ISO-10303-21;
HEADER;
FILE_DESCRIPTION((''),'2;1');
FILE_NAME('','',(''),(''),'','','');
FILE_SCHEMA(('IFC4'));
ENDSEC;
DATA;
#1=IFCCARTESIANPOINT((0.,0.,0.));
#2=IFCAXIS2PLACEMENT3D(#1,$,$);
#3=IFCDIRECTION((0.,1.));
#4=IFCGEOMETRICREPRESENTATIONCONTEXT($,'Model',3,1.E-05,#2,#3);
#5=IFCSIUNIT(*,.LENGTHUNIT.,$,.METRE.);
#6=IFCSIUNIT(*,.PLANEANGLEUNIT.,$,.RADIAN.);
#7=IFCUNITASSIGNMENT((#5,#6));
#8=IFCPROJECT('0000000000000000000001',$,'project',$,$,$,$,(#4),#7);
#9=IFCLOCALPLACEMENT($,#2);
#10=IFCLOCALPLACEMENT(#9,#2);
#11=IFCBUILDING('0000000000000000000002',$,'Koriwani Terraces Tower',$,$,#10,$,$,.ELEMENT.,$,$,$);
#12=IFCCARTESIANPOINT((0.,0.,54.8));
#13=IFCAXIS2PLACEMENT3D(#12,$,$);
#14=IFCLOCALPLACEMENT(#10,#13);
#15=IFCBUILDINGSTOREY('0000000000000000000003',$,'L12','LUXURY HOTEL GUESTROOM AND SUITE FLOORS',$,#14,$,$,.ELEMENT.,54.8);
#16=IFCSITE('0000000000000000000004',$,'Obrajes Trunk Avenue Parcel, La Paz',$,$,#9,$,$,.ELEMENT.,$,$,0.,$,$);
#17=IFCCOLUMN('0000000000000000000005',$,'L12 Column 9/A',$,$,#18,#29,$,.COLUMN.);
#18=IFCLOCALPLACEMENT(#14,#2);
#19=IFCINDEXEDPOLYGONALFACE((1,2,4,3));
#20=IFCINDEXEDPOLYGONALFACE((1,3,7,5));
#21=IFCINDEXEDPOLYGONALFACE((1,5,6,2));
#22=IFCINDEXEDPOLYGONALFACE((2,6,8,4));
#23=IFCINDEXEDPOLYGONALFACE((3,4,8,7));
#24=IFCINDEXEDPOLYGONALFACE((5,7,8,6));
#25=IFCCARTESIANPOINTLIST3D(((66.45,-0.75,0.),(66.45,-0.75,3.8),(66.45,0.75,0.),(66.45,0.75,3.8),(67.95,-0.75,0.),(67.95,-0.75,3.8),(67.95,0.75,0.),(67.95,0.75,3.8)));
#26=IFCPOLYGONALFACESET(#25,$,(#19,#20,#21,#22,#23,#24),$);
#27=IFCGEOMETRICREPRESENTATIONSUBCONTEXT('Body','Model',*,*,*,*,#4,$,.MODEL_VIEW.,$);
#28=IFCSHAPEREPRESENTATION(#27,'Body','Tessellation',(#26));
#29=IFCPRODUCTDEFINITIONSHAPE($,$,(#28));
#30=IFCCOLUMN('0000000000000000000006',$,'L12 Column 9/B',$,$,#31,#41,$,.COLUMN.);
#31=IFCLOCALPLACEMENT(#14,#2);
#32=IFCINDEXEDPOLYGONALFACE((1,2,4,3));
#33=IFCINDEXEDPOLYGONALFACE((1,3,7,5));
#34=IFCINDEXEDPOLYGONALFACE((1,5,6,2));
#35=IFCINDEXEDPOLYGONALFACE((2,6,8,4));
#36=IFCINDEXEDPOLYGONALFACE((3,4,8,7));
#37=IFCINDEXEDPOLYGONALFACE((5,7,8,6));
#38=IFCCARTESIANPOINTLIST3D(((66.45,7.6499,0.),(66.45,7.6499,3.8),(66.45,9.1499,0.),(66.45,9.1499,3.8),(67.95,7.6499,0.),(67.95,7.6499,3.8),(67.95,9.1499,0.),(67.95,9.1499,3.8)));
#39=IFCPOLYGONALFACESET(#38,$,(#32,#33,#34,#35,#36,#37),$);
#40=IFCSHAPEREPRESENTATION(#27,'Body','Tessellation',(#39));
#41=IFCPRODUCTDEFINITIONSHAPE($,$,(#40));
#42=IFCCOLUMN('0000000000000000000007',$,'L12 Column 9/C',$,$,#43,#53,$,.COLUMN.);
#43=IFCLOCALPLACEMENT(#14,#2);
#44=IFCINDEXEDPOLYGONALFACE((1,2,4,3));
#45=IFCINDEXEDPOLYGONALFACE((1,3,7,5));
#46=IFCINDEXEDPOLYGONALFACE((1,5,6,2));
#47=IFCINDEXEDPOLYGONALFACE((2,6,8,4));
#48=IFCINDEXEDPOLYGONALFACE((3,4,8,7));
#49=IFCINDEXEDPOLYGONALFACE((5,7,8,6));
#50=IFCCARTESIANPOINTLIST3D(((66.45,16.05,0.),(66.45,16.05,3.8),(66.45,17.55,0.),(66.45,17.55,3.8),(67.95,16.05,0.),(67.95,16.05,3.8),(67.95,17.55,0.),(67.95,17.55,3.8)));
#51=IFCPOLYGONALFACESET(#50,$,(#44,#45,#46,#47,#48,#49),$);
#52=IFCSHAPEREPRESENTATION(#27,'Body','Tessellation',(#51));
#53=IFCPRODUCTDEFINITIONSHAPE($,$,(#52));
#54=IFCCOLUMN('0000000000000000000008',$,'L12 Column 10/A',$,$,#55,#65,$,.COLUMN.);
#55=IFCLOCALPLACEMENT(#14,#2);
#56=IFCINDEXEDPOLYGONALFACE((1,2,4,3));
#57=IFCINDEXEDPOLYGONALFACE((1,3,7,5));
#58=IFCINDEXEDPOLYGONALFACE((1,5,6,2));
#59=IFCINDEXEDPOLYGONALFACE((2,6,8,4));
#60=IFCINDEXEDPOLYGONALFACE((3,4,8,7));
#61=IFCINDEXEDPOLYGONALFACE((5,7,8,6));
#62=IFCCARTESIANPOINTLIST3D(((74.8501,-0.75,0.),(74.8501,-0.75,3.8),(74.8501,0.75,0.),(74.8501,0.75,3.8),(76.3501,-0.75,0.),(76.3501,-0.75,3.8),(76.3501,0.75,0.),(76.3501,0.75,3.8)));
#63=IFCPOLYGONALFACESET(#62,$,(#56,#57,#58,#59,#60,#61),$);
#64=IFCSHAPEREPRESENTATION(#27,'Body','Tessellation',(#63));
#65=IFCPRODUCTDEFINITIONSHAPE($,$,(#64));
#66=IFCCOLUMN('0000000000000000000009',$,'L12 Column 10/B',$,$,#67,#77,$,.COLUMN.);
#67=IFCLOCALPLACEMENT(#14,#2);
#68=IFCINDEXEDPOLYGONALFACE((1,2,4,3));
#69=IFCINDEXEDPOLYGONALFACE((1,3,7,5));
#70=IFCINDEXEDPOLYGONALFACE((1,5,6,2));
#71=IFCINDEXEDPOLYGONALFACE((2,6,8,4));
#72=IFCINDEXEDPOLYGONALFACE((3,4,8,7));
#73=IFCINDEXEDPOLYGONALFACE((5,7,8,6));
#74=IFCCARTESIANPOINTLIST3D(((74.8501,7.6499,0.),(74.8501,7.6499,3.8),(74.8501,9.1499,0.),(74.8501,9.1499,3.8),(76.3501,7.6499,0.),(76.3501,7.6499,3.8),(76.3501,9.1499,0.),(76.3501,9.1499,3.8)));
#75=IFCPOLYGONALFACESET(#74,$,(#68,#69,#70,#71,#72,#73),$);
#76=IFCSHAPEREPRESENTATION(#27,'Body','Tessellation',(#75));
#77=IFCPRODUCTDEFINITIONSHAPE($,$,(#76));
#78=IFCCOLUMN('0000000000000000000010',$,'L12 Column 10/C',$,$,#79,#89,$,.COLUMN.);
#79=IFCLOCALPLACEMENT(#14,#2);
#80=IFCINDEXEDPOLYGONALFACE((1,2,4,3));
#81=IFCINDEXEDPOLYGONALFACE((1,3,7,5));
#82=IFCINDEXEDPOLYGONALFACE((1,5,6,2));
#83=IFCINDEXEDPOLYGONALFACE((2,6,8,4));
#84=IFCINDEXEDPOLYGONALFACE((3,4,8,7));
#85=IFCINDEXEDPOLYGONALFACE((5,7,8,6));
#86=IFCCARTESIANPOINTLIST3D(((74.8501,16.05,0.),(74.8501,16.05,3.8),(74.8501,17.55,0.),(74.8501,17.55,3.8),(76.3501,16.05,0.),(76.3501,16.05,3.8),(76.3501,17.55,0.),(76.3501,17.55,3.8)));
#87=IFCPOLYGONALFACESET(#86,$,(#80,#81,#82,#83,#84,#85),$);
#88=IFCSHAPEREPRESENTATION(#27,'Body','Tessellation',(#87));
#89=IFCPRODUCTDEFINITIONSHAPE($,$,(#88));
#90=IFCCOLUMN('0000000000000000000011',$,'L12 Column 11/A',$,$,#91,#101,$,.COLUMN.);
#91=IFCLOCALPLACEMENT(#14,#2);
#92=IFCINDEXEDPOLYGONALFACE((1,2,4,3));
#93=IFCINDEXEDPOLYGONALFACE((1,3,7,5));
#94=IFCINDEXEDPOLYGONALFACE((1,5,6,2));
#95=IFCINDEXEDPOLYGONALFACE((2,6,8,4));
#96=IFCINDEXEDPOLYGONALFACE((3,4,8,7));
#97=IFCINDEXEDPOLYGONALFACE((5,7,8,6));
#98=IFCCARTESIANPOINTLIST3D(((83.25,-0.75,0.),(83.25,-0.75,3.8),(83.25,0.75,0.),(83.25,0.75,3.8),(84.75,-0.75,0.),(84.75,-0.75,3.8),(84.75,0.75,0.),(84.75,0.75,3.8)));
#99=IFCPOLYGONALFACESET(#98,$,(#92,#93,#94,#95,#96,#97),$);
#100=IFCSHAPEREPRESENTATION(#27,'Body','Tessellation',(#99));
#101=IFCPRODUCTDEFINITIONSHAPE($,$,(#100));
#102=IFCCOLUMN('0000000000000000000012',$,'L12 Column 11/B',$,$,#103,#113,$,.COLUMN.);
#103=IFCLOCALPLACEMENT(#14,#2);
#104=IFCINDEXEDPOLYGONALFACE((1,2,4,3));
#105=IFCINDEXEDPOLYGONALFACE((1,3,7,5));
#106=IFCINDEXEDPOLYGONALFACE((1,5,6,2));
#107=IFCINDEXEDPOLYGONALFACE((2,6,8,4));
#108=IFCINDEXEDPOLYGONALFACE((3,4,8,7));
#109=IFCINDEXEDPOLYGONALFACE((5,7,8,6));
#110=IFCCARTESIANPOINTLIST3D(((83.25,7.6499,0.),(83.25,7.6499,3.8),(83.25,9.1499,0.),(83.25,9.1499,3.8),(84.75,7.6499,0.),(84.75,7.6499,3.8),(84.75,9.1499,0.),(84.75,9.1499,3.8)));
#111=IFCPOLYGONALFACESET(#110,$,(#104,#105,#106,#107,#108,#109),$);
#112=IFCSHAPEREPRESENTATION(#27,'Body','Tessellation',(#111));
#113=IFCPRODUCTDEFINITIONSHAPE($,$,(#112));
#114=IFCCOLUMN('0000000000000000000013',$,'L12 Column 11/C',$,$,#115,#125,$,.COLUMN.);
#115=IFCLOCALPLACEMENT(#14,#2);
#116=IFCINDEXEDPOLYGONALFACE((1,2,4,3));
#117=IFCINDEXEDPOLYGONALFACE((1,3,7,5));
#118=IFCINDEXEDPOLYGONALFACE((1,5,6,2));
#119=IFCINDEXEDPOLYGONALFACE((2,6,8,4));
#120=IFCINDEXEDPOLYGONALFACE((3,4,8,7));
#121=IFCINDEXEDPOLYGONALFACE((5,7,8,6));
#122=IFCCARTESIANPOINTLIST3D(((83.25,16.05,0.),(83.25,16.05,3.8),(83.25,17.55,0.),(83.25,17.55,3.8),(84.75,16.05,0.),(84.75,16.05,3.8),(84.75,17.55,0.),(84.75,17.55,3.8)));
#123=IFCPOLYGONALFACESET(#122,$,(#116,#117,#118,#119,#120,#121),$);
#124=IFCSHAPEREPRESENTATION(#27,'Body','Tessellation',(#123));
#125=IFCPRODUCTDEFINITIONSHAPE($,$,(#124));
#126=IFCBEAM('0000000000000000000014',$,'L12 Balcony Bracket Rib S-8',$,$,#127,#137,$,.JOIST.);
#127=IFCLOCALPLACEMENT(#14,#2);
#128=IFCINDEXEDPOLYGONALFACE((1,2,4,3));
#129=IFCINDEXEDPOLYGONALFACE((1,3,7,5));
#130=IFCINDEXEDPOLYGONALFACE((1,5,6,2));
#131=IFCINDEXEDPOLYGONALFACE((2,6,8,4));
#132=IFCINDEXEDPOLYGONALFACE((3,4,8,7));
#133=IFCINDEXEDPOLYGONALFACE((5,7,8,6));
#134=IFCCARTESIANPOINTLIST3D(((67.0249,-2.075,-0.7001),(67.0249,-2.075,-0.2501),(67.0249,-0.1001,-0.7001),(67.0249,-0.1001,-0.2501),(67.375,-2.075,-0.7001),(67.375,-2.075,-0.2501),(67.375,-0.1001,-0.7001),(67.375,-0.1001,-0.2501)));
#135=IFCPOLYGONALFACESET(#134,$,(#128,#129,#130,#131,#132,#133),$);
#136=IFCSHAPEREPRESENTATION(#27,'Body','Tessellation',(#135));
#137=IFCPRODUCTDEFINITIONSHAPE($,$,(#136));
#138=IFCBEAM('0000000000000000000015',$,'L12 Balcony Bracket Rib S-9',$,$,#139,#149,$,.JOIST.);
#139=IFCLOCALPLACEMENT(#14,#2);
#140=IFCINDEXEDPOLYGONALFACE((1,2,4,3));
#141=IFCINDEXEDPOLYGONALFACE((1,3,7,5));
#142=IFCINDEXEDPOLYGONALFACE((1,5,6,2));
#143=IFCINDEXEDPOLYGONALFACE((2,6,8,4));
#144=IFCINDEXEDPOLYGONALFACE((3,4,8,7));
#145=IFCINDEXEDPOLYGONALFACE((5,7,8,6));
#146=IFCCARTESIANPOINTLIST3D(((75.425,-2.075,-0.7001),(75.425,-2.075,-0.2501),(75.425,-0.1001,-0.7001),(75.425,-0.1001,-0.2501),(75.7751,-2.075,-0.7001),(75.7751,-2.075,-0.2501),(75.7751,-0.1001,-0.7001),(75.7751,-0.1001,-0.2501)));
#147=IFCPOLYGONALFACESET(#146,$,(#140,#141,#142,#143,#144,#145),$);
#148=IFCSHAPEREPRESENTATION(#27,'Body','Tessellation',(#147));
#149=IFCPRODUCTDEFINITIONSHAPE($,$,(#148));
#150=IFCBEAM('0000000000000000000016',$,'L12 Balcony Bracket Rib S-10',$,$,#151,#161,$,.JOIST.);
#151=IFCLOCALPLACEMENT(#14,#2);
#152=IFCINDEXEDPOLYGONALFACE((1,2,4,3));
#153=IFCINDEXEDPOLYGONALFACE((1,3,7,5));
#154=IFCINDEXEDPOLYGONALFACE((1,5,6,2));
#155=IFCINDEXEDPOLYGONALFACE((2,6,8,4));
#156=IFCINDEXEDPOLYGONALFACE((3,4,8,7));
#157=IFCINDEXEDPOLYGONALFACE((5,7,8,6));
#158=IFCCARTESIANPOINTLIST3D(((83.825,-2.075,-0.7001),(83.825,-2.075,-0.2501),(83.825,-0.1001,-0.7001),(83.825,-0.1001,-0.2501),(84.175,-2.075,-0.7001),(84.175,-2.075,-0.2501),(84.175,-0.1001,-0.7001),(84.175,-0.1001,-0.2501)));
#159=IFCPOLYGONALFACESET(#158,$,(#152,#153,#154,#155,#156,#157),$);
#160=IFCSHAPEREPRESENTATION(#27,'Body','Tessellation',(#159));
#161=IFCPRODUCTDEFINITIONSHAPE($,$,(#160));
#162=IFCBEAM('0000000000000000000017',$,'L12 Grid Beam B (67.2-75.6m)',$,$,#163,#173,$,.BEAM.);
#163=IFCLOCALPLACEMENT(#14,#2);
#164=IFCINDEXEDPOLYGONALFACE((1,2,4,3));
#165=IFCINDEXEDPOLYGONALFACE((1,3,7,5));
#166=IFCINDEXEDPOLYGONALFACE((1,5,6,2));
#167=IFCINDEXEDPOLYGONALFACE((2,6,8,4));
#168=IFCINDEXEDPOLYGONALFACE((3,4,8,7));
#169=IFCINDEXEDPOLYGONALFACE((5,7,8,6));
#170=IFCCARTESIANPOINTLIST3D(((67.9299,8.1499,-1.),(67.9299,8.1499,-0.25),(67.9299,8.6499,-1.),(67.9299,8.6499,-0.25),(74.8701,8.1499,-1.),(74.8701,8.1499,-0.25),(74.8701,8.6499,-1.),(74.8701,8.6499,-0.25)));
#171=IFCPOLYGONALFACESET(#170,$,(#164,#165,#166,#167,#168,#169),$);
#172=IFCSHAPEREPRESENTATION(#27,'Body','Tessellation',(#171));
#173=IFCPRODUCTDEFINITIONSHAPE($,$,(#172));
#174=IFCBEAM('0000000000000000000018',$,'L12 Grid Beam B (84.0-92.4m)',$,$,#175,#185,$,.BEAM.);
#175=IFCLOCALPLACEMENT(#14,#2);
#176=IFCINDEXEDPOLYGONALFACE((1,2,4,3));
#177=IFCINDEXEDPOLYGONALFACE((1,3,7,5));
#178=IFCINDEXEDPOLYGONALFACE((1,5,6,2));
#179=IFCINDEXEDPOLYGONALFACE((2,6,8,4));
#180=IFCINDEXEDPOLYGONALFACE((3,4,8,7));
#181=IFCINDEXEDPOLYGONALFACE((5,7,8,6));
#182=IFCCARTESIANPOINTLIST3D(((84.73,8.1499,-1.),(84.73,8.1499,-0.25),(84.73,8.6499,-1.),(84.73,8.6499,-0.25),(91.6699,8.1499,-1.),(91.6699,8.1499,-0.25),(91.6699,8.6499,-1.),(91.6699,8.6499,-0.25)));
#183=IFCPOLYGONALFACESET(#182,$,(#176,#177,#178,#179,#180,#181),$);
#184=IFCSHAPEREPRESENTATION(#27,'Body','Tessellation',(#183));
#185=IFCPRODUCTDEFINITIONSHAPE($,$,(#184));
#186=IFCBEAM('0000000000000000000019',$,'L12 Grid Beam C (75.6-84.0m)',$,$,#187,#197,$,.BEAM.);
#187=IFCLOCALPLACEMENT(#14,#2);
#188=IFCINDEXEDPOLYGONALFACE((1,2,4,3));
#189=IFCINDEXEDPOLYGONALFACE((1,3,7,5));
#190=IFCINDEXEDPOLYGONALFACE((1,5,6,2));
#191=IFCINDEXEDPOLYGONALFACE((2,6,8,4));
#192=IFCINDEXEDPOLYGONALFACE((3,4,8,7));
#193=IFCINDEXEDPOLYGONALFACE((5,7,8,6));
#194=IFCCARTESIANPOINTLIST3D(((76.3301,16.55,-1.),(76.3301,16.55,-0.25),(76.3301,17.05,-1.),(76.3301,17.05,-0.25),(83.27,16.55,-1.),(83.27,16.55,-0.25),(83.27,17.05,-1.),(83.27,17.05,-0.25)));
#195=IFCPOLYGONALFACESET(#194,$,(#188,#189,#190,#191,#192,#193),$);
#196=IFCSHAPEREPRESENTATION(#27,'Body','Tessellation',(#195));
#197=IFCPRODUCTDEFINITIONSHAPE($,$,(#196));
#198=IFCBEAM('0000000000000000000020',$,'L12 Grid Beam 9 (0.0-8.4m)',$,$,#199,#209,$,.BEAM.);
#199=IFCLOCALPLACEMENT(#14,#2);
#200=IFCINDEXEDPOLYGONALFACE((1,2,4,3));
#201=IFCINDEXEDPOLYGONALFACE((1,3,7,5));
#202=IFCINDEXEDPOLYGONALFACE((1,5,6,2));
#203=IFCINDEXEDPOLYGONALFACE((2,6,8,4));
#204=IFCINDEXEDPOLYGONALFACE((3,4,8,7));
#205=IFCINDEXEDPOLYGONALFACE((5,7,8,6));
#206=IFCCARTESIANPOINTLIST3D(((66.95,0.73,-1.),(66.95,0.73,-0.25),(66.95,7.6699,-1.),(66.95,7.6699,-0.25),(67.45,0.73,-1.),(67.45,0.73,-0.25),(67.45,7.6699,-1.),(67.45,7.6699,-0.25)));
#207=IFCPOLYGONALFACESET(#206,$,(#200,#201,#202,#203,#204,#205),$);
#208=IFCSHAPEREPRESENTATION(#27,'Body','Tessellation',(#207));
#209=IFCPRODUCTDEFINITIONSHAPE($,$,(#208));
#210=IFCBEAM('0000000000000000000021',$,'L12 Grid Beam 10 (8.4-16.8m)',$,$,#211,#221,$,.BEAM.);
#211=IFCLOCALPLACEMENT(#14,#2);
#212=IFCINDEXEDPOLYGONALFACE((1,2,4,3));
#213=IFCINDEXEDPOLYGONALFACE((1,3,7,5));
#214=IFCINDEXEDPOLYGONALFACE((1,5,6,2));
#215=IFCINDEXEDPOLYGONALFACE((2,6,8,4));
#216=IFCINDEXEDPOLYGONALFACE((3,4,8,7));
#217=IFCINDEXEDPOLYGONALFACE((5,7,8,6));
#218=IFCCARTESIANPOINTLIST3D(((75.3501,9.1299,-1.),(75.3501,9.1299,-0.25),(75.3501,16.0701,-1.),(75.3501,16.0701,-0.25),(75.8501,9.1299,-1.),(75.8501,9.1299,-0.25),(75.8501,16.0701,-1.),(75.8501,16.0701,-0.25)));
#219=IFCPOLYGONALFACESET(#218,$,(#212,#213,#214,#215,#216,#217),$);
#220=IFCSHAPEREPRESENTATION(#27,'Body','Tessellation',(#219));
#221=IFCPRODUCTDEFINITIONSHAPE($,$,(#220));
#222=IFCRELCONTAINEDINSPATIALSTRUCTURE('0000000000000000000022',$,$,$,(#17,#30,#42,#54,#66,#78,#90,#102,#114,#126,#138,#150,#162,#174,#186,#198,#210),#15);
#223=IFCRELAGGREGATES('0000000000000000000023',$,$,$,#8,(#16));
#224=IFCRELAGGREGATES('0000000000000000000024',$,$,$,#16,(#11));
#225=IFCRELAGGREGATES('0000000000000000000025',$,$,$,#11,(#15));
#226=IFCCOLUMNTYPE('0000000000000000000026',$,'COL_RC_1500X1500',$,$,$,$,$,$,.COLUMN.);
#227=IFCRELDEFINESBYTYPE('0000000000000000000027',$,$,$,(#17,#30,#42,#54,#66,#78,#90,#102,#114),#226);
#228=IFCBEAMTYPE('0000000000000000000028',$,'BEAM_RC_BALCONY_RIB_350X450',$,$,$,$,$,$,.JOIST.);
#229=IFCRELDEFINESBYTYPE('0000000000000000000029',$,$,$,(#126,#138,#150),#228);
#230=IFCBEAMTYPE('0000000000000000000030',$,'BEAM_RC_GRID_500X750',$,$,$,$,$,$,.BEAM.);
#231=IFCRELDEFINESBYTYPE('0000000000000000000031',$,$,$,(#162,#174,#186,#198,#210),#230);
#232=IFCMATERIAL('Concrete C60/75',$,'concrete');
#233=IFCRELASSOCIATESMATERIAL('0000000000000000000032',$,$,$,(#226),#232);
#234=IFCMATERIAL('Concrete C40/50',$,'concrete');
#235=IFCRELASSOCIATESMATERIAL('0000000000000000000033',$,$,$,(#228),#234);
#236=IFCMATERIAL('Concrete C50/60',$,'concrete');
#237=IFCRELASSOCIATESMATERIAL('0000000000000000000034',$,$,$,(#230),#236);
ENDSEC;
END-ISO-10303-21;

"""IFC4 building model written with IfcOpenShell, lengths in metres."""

from ifc_helpers import new_model, si_unit, direction, frame, origin, origin_2d, place, context, subcontext, project, spatial, rectangle, extrude, material, material_profile, profile_set, type_object, element, save


model = new_model("IFC4")

# Units and contexts
model_context = context("Model", 3, precision=1e-05, world=origin(), true_north=direction((0.0, 1.0)))
body_context = subcontext(model_context, "Body", "Model", "MODEL_VIEW")
ifc_project = project(units=[si_unit("LENGTHUNIT", "METRE"), si_unit("PLANEANGLEUNIT", "RADIAN")], contexts=[model_context])

# Site, building, storey
site_placement = place(None, origin())
site = spatial("IfcSite", under=ifc_project, at=site_placement, Name="Obrajes Trunk Avenue Parcel, La Paz", CompositionType="ELEMENT", RefElevation=0.0)
building_placement = place(site_placement, origin())
building = spatial("IfcBuilding", under=site, at=building_placement, Name="Koriwani Terraces Tower", CompositionType="ELEMENT")
storey_placement = place(building_placement, frame((0.0, 0.0, 54.8)))
storey = spatial("IfcBuildingStorey", under=building, at=storey_placement, Name="L12", Description="LUXURY HOTEL GUESTROOM AND SUITE FLOORS", CompositionType="ELEMENT", Elevation=54.8)

# Columns
ifc_material_1 = material(Name="Concrete C60/75", Category="concrete")
ifc_material_profile_1 = material_profile(ifc_material_1, rectangle(XDim=1.5, YDim=1.5, at=origin_2d()), Name="Concrete C60/75", Category="LoadBearing")
ifc_profile_set_1 = profile_set([ifc_material_profile_1], Name="Concrete C60/75")
column_type = type_object("IfcColumnType", Name="COL_RC_1500X1500", PredefinedType="COLUMN", material=ifc_profile_set_1)
for number, where, z_axis, x_axis, name in (
    (1, (67.2, 0.0, 0.0), (0.0, 0.0, 1.0), (1.0, 0.0, 0.0), "L12 Column 9/A"),
    (2, (67.2, 8.3999, 0.0), (0.0, 0.0, 1.0), (1.0, 0.0, 0.0), "L12 Column 9/B"),
    (3, (67.2, 16.8, 0.0), (0.0, 0.0, 1.0), (1.0, 0.0, 0.0), "L12 Column 9/C"),
    (4, (75.6001, 0.0, 0.0), (0.0, 0.0, 1.0), (1.0, 0.0, 0.0), "L12 Column 10/A"),
    (5, (75.6001, 8.3999, 0.0), (0.0, 0.0, 1.0), (1.0, 0.0, 0.0), "L12 Column 10/B"),
    (6, (75.6001, 16.8, 0.0), (0.0, 0.0, 1.0), (1.0, 0.0, 0.0), "L12 Column 10/C"),
    (7, (84.0, 0.0, 0.0), (0.0, 0.0, 1.0), (1.0, 0.0, 0.0), "L12 Column 11/A"),
    (8, (84.0, 8.3999, 0.0), (0.0, 0.0, 1.0), (1.0, 0.0, 0.0), "L12 Column 11/B"),
    (9, (84.0, 16.8, 0.0), (0.0, 0.0, 1.0), (1.0, 0.0, 0.0), "L12 Column 11/C"),
):
    element("IfcColumn", number, at=place(storey_placement, frame(where, z_axis=z_axis, x_axis=x_axis)), inside=storey, type_object=column_type, Name=name, PredefinedType="COLUMN", context=body_context, shape_type="SweptSolid", body=[
        extrude(rectangle(XDim=1.5, YDim=1.5, at=origin_2d()), origin(), (0.0, 0.0, 1.0), 3.8),
    ])

# Beams
ifc_material_2 = material(Name="Concrete C40/50", Category="concrete")
ifc_material_profile_2 = material_profile(ifc_material_2, rectangle(XDim=0.3501, YDim=0.45, at=origin_2d()), Name="Concrete C40/50", Category="LoadBearing")
ifc_profile_set_2 = profile_set([ifc_material_profile_2], Name="Concrete C40/50")
beam_type_1 = type_object("IfcBeamType", Name="BEAM_RC_BALCONY_RIB_350X450", PredefinedType="JOIST", material=ifc_profile_set_2)
for number, where, z_axis, x_axis, name in (
    (10, (67.2, -2.075, -0.4751), (0.0, 1.0, 0.0), (-1.0, 0.0, 0.0), "L12 Balcony Bracket Rib S-8"),
    (11, (75.6001, -2.075, -0.4751), (0.0, 1.0, 0.0), (-1.0, 0.0, 0.0), "L12 Balcony Bracket Rib S-9"),
    (12, (84.0, -2.075, -0.4751), (0.0, 1.0, 0.0), (-1.0, 0.0, 0.0), "L12 Balcony Bracket Rib S-10"),
):
    element("IfcBeam", number, at=place(storey_placement, frame(where, z_axis=z_axis, x_axis=x_axis)), inside=storey, type_object=beam_type_1, Name=name, PredefinedType="JOIST", context=body_context, shape_type="SweptSolid", body=[
        extrude(rectangle(XDim=0.3501, YDim=0.45, at=origin_2d()), origin(), (0.0, 0.0, 1.0), 1.9749),
    ])
ifc_material_3 = material(Name="Concrete C50/60", Category="concrete")
ifc_material_profile_3 = material_profile(ifc_material_3, rectangle(XDim=0.5, YDim=0.75, at=origin_2d()), Name="Concrete C50/60", Category="LoadBearing")
ifc_profile_set_3 = profile_set([ifc_material_profile_3], Name="Concrete C50/60")
beam_type_2 = type_object("IfcBeamType", Name="BEAM_RC_GRID_500X750", PredefinedType="BEAM", material=ifc_profile_set_3)
beam_1_placement = place(storey_placement, frame((67.9299, 8.3999, -0.625), z_axis=(1.0, 0.0, 0.0), x_axis=(0.0, 1.0, 0.0)))
element("IfcBeam", 13, at=beam_1_placement, inside=storey, type_object=beam_type_2, Name="L12 Grid Beam B (67.2-75.6m)", PredefinedType="BEAM", context=body_context, shape_type="SweptSolid", body=[
    extrude(rectangle(XDim=0.5, YDim=0.75, at=origin_2d()), origin(), (0.0, 0.0, 1.0), 6.9402),
])
for number, where, z_axis, x_axis, name in (
    (14, (84.73, 8.3999, -0.625), (1.0, 0.0, 0.0), (0.0, 1.0, 0.0), "L12 Grid Beam B (84.0-92.4m)"),
    (15, (76.3301, 16.8, -0.625), (1.0, 0.0, 0.0), (0.0, 1.0, 0.0), "L12 Grid Beam C (75.6-84.0m)"),
    (16, (67.2, 0.73, -0.625), (0.0, 1.0, 0.0), (-1.0, 0.0, 0.0), "L12 Grid Beam 9 (0.0-8.4m)"),
):
    element("IfcBeam", number, at=place(storey_placement, frame(where, z_axis=z_axis, x_axis=x_axis)), inside=storey, type_object=beam_type_2, Name=name, PredefinedType="BEAM", context=body_context, shape_type="SweptSolid", body=[
        extrude(rectangle(XDim=0.5, YDim=0.75, at=origin_2d()), origin(), (0.0, 0.0, 1.0), 6.9399),
    ])
beam_2_placement = place(storey_placement, frame((75.6001, 9.1299, -0.625), z_axis=(0.0, 1.0, 0.0), x_axis=(-1.0, 0.0, 0.0)))
element("IfcBeam", 17, at=beam_2_placement, inside=storey, type_object=beam_type_2, Name="L12 Grid Beam 10 (8.4-16.8m)", PredefinedType="BEAM", context=body_context, shape_type="SweptSolid", body=[
    extrude(rectangle(XDim=0.5, YDim=0.75, at=origin_2d()), origin(), (0.0, 0.0, 1.0), 6.9402),
])

save(model, "model.ifc")
